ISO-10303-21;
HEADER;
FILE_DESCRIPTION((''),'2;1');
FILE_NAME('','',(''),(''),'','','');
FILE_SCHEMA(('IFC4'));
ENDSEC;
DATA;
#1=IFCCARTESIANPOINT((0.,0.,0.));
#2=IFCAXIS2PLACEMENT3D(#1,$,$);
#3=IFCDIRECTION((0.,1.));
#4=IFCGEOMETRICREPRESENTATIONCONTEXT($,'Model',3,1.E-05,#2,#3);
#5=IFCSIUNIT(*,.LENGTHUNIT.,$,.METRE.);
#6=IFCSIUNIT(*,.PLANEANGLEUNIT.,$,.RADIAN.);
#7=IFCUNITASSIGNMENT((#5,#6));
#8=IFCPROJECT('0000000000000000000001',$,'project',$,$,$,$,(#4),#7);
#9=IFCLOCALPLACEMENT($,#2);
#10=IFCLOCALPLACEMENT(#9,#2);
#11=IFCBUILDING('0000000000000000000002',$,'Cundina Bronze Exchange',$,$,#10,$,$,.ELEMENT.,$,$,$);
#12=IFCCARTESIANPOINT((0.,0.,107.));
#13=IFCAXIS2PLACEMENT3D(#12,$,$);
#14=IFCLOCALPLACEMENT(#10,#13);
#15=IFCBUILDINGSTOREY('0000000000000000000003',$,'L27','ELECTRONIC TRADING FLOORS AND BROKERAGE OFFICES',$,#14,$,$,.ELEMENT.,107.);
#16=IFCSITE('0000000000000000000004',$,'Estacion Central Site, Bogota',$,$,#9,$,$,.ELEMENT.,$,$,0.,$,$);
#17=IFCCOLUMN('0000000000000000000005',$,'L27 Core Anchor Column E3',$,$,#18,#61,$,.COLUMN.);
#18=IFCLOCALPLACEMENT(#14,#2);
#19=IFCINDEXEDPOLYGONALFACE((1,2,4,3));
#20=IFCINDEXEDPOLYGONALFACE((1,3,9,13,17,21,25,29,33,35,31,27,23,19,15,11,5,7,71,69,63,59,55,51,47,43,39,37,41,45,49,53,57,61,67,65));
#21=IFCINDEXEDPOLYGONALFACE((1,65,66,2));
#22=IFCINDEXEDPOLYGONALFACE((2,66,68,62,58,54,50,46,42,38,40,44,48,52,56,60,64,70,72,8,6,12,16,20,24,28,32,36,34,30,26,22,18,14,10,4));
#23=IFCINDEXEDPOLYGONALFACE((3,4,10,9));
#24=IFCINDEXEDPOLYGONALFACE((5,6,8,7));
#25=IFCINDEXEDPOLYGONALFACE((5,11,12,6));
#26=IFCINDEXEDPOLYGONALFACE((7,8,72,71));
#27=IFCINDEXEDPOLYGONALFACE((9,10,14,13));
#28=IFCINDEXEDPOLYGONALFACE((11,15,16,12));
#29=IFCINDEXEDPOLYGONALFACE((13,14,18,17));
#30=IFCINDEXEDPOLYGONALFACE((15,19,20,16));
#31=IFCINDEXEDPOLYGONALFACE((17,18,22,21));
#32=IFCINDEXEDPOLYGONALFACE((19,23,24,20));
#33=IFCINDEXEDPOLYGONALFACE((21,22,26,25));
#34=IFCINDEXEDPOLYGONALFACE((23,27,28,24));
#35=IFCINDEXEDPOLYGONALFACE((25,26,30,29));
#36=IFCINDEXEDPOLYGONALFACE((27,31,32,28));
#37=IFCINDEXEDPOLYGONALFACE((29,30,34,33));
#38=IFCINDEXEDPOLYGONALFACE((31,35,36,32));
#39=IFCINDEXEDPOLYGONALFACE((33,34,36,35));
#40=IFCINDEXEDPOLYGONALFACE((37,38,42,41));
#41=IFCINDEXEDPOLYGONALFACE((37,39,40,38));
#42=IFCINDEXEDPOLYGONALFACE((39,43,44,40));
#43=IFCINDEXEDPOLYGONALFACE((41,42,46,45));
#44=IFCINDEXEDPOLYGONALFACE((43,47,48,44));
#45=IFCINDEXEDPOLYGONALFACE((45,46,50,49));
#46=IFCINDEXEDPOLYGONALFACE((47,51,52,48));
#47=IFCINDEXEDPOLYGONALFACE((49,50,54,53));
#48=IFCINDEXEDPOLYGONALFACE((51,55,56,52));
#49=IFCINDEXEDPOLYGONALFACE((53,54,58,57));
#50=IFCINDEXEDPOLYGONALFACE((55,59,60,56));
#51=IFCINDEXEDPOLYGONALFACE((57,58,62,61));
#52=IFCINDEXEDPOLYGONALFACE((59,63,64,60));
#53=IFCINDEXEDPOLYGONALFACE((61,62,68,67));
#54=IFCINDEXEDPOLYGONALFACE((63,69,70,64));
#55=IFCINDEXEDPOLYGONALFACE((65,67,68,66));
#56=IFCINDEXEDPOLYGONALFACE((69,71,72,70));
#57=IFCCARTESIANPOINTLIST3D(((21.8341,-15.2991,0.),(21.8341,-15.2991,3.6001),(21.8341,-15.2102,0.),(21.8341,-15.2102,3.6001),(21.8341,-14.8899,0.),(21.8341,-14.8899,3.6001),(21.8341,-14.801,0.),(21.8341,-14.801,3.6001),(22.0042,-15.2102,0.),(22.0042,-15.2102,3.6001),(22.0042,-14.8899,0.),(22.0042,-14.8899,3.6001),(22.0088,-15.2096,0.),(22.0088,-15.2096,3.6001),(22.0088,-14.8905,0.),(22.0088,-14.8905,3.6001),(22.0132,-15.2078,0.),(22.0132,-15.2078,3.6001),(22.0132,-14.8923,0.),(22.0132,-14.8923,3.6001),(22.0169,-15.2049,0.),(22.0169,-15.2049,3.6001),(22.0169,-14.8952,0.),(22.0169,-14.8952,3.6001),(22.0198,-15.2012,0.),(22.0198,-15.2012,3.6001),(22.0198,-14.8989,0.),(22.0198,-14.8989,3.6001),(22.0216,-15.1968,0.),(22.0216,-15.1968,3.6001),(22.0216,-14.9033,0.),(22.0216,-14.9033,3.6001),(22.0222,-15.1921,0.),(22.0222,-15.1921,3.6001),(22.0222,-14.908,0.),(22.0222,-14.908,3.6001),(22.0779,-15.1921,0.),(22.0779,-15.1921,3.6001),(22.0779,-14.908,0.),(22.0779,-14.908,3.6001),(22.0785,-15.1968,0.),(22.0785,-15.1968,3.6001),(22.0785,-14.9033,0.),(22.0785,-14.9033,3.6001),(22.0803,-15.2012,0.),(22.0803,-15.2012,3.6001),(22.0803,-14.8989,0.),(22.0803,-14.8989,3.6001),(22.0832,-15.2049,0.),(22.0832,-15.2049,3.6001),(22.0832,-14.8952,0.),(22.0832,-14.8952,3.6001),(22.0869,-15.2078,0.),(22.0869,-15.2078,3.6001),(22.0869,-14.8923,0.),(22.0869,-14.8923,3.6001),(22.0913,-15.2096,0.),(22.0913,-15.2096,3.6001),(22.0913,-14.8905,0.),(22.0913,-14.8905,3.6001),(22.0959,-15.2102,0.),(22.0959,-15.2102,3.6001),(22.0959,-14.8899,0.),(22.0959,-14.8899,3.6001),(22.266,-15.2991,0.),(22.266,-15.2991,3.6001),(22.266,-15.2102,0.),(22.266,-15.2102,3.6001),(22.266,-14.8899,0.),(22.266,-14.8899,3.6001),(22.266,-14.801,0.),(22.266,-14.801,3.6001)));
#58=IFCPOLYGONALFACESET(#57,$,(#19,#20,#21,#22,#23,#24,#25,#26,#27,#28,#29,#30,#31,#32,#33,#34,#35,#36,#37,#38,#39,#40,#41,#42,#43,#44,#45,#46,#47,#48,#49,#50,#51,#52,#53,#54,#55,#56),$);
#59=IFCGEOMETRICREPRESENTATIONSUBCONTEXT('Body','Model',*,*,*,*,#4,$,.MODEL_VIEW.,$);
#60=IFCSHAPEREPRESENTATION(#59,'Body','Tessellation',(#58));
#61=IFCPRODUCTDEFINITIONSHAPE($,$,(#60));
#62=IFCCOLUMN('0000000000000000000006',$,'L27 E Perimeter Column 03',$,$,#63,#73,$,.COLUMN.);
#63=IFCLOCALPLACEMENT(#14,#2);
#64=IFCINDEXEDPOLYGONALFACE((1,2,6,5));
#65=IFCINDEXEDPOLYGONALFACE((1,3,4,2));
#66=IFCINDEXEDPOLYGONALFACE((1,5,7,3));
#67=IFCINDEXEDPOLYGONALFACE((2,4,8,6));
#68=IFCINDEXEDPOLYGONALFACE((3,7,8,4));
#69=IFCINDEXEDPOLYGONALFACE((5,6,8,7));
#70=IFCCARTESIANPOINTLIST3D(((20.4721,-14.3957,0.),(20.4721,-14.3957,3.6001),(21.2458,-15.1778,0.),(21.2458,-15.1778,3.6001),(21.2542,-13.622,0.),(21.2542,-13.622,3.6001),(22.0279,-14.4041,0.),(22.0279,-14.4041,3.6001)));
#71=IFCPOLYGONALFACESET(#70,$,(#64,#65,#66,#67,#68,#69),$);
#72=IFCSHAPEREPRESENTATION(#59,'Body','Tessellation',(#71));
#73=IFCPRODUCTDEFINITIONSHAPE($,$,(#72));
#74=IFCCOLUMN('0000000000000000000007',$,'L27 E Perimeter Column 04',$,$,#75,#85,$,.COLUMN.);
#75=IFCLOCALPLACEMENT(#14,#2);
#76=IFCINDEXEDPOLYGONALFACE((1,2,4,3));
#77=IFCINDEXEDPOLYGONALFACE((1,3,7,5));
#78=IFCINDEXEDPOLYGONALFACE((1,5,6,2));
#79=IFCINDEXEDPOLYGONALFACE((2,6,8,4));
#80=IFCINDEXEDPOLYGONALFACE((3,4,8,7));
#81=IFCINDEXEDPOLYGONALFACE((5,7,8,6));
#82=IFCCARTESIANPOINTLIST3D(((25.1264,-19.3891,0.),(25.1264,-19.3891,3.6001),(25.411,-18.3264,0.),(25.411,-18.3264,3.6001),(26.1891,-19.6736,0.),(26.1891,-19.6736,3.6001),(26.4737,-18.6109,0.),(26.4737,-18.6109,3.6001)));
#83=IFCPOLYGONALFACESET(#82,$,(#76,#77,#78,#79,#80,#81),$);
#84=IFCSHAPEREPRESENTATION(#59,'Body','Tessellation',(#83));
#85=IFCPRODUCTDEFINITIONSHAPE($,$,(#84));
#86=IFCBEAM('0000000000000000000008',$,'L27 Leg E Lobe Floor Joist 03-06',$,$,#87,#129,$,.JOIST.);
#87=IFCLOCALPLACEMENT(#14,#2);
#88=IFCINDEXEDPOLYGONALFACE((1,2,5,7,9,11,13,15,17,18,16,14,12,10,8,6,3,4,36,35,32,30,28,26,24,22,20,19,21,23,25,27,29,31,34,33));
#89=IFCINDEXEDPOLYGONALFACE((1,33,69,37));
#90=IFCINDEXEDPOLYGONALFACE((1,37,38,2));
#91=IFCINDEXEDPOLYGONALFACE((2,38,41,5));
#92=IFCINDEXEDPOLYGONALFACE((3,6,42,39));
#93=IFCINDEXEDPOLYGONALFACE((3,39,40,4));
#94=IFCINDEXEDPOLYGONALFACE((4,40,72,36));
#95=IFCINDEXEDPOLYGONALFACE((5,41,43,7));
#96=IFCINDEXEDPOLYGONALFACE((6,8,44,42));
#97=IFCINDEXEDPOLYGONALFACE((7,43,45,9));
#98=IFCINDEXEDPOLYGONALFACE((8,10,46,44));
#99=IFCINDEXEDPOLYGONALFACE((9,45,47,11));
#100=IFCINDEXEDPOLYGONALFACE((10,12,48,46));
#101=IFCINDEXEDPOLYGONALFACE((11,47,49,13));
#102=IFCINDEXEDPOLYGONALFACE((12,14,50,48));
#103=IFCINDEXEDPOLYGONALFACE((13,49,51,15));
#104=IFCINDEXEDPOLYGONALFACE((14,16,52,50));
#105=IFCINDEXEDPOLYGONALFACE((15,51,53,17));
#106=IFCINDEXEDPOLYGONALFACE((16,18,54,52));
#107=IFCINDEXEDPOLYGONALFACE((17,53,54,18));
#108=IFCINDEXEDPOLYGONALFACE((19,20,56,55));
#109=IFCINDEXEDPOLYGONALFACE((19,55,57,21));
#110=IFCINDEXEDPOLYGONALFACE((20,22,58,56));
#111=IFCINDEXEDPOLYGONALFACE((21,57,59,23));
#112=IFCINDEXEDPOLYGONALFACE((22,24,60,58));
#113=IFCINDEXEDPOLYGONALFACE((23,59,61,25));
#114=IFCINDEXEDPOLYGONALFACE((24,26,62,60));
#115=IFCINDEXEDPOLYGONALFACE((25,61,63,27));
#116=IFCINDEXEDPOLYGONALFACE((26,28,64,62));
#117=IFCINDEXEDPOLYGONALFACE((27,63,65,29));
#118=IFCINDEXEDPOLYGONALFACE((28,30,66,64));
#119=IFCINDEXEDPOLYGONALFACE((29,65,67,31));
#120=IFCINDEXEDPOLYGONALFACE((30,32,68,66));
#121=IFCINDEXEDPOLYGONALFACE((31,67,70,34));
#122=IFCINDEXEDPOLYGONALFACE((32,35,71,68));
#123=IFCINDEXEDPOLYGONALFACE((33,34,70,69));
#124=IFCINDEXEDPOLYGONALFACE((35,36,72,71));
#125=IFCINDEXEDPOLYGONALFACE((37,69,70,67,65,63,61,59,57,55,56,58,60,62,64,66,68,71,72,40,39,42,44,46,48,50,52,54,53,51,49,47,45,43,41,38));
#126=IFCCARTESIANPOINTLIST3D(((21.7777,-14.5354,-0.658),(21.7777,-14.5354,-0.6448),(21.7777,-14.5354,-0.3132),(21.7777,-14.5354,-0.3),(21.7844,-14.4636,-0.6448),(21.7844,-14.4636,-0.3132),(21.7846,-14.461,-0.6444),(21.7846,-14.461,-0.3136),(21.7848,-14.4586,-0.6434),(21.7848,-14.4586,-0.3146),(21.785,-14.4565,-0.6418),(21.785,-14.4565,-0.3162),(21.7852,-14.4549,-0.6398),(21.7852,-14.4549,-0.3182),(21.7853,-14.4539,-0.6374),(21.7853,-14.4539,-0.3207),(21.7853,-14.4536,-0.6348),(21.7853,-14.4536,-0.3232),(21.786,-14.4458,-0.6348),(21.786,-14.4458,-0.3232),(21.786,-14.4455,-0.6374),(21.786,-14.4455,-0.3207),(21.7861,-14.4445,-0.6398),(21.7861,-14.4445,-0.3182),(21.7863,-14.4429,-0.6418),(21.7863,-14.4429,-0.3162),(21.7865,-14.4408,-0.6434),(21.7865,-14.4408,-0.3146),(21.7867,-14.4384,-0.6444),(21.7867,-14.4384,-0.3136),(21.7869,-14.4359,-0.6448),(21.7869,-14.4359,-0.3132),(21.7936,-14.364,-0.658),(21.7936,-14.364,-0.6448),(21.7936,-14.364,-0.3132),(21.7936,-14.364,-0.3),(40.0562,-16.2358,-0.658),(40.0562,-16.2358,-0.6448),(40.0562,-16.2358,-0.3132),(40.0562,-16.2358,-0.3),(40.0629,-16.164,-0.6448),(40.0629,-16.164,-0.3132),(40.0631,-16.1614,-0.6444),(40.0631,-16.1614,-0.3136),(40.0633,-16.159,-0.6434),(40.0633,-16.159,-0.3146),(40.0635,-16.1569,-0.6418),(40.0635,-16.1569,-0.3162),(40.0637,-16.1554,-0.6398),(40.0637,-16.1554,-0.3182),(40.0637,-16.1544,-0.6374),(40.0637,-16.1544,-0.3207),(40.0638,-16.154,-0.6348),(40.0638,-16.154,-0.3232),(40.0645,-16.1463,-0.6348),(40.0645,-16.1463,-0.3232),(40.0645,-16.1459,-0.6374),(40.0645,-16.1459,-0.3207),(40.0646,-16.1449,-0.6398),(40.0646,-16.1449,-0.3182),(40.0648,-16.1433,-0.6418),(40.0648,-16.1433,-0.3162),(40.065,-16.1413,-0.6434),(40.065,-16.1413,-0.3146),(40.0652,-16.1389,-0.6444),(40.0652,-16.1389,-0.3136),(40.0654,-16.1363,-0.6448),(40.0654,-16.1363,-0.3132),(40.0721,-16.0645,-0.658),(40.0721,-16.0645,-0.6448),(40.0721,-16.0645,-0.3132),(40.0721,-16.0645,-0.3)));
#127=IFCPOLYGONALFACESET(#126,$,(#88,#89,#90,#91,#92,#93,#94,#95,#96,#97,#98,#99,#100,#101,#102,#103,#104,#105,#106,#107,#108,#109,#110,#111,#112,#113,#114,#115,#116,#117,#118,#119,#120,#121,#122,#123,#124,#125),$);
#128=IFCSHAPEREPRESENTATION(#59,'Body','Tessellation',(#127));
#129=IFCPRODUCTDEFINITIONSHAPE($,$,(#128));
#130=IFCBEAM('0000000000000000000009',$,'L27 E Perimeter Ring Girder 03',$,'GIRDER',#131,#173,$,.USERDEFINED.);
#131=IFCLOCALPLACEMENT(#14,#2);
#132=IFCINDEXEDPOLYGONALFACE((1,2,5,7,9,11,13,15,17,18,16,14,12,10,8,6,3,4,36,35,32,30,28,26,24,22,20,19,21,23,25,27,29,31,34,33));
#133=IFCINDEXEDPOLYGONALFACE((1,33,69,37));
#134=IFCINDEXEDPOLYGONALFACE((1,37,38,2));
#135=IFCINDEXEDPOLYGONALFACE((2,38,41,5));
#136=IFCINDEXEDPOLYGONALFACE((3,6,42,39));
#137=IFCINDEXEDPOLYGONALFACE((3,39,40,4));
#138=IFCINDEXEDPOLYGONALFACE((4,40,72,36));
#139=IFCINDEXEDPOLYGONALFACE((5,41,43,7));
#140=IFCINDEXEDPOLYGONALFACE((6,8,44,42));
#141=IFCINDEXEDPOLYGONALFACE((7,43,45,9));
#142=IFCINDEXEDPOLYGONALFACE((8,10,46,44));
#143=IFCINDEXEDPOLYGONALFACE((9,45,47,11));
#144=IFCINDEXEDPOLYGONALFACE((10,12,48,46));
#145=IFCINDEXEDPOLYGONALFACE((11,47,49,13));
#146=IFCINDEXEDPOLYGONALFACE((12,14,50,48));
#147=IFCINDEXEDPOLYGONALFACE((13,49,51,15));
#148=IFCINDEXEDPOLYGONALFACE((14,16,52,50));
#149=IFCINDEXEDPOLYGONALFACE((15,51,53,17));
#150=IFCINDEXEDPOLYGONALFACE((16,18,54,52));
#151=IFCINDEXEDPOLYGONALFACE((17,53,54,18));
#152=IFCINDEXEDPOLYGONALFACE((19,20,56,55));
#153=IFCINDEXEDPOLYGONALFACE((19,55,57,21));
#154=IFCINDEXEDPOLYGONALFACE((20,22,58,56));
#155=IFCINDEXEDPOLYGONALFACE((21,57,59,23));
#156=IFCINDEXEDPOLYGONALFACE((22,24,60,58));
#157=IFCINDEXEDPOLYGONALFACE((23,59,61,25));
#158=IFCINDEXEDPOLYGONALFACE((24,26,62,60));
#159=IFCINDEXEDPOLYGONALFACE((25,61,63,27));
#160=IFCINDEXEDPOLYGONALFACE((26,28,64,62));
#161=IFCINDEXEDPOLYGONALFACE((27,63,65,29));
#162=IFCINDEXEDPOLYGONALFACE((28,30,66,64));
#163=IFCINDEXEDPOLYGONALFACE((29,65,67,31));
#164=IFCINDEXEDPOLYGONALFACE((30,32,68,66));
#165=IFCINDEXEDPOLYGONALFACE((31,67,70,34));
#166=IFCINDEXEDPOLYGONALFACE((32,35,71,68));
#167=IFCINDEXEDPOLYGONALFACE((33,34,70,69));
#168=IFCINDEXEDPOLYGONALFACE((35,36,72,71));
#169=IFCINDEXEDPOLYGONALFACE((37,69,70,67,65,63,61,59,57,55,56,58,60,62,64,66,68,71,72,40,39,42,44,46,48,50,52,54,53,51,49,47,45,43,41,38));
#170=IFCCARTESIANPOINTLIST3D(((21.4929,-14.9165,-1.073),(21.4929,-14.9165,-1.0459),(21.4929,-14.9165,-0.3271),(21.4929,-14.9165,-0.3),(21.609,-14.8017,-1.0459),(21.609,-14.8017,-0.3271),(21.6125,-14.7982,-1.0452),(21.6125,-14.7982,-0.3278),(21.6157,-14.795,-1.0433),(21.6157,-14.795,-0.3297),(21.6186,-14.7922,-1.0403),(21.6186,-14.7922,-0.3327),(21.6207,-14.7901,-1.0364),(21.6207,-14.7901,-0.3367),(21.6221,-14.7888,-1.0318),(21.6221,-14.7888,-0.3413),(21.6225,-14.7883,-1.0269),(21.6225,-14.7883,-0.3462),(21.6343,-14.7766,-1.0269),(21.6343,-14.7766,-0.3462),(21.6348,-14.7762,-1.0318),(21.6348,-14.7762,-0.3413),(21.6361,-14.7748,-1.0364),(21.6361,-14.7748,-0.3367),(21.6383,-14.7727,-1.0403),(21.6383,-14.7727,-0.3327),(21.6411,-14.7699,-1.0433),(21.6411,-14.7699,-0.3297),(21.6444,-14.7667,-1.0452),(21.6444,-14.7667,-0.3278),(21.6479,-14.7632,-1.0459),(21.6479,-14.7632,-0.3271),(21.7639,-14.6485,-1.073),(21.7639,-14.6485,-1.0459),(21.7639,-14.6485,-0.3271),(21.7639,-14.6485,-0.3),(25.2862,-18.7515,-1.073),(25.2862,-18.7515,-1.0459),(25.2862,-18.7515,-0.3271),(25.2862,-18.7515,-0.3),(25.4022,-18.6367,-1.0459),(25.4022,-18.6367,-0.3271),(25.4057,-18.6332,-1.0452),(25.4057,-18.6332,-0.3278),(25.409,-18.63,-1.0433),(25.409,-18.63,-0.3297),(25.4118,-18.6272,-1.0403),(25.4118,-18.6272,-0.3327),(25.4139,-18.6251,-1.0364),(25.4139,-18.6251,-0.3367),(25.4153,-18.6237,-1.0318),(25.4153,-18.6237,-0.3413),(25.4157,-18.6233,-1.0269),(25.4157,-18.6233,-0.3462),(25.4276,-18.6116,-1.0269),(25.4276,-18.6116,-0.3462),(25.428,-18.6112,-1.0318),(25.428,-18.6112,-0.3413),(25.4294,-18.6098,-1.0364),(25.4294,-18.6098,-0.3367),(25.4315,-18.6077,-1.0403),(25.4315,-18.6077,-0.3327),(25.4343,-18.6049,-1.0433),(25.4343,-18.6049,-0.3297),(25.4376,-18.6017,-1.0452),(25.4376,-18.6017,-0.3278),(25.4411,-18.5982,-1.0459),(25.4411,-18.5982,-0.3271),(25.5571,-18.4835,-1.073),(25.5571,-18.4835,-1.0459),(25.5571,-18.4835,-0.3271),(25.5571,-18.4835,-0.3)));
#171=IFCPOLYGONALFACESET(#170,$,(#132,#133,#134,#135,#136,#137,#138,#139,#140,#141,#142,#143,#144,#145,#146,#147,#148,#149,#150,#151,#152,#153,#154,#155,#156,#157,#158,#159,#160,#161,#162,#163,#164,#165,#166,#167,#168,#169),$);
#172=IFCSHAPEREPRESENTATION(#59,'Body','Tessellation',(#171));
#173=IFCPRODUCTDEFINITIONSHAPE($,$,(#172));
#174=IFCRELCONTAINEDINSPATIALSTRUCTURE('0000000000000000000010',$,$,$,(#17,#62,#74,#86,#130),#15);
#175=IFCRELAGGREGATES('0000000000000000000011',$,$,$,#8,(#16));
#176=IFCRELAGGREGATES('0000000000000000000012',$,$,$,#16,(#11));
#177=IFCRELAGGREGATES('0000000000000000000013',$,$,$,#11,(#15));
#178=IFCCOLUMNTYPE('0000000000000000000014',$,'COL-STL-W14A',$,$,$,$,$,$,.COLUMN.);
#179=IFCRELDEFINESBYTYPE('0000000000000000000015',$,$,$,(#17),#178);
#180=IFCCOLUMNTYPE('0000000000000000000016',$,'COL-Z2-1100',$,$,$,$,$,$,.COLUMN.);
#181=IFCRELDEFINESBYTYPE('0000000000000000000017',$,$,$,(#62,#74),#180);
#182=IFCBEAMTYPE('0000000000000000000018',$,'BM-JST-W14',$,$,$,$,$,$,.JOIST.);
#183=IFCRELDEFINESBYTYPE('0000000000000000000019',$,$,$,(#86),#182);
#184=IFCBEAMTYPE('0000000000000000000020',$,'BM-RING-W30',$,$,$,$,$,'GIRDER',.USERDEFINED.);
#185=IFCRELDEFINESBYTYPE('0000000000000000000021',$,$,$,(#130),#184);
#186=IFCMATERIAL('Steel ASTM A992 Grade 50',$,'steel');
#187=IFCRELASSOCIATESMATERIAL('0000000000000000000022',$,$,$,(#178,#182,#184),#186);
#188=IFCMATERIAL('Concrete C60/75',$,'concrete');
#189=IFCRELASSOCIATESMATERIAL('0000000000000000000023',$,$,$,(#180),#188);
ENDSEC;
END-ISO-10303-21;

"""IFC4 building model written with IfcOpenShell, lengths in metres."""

from ifc_helpers import new_model, si_unit, direction, frame, origin, origin_2d, place, context, subcontext, project, spatial, rectangle, i_section, extrude, material, material_profile, profile_set, type_object, element, save


model = new_model("IFC4")

# Units and contexts
model_context = context("Model", 3, precision=1e-05, world=origin(), true_north=direction((0.0, 1.0)))
body_context = subcontext(model_context, "Body", "Model", "MODEL_VIEW")
ifc_project = project(units=[si_unit("LENGTHUNIT", "METRE"), si_unit("PLANEANGLEUNIT", "RADIAN")], contexts=[model_context])

# Site, building, storey
site_placement = place(None, origin())
site = spatial("IfcSite", under=ifc_project, at=site_placement, Name="Estacion Central Site, Bogota", CompositionType="ELEMENT", RefElevation=0.0)
building_placement = place(site_placement, origin())
building = spatial("IfcBuilding", under=site, at=building_placement, Name="Cundina Bronze Exchange", CompositionType="ELEMENT")
storey_placement = place(building_placement, frame((0.0, 0.0, 107.0)))
storey = spatial("IfcBuildingStorey", under=building, at=storey_placement, Name="L27", Description="ELECTRONIC TRADING FLOORS AND BROKERAGE OFFICES", CompositionType="ELEMENT", Elevation=107.0)

# Columns
ifc_material_1 = material(Name="Steel ASTM A992 Grade 50", Category="steel")
ifc_material_profile_1 = material_profile(ifc_material_1, i_section(OverallWidth=0.4319, OverallDepth=0.498, WebThickness=0.0557, FlangeThickness=0.0889, FilletRadius=0.0181, at=origin_2d()), Name="W14X500", Category="steel")
ifc_profile_set_1 = profile_set([ifc_material_profile_1], Name="Steel ASTM A992 Grade 50")
column_type_1 = type_object("IfcColumnType", Name="COL-STL-W14A", PredefinedType="COLUMN", material=ifc_profile_set_1)
column_placement = place(storey_placement, frame((22.05, -15.05, 0.0), z_axis=(0.0, 0.0, 1.0), x_axis=(1.0, 0.0, 0.0)))
element("IfcColumn", 1, at=column_placement, inside=storey, type_object=column_type_1, Name="L27 Core Anchor Column E3", PredefinedType="COLUMN", context=body_context, shape_type="SweptSolid", body=[
    extrude(i_section(OverallWidth=0.4319, OverallDepth=0.498, WebThickness=0.0557, FlangeThickness=0.0889, FilletRadius=0.0181, at=origin_2d()), origin(), (0.0, 0.0, 1.0), 3.6001),
])
ifc_material_2 = material(Name="Concrete C60/75", Category="concrete")
ifc_material_profile_2 = material_profile(ifc_material_2, rectangle(XDim=1.1001, YDim=1.1001, at=origin_2d()), Name="RC1100X1100", Category="concrete")
ifc_profile_set_2 = profile_set([ifc_material_profile_2], Name="Concrete C60/75")
column_type_2 = type_object("IfcColumnType", Name="COL-Z2-1100", PredefinedType="COLUMN", material=ifc_profile_set_2)
for number, where, z_axis, x_axis, name in (
    (2, (21.25, -14.3999, 0.0), (0.0, 0.0, 1.0), (0.703271, -0.710922, 0.0), "L27 E Perimeter Column 03"),
    (3, (25.8, -19.0, 0.0), (0.0, 0.0, 1.0), (0.965971, -0.25865, 0.0), "L27 E Perimeter Column 04"),
):
    element("IfcColumn", number, at=place(storey_placement, frame(where, z_axis=z_axis, x_axis=x_axis)), inside=storey, type_object=column_type_2, Name=name, PredefinedType="COLUMN", context=body_context, shape_type="SweptSolid", body=[
        extrude(rectangle(XDim=1.1001, YDim=1.1001, at=origin_2d()), origin(), (0.0, 0.0, 1.0), 3.6001),
    ])

# Beams
ifc_material_profile_3 = material_profile(ifc_material_1, i_section(OverallWidth=0.1721, OverallDepth=0.3579, WebThickness=0.0078, FlangeThickness=0.0132, FilletRadius=0.01, at=origin_2d()), Name="W14X38", Category="steel")
ifc_profile_set_3 = profile_set([ifc_material_profile_3], Name="Steel ASTM A992 Grade 50")
beam_type_1 = type_object("IfcBeamType", Name="BM-JST-W14", PredefinedType="JOIST", material=ifc_profile_set_3)
beam_1_placement = place(storey_placement, frame((21.7856, -14.4497, -0.479), z_axis=(0.995701, -0.092629, 0.0), x_axis=(0.092629, 0.995701, 0.0)))
element("IfcBeam", 4, at=beam_1_placement, inside=storey, type_object=beam_type_1, Name="L27 Leg E Lobe Floor Joist 03-06", PredefinedType="JOIST", context=body_context, shape_type="SweptSolid", body=[
    extrude(i_section(OverallWidth=0.1721, OverallDepth=0.3579, WebThickness=0.0078, FlangeThickness=0.0132, FilletRadius=0.01, at=origin_2d()), origin(), (0.0, 0.0, 1.0), 18.3574),
])
ifc_material_profile_4 = material_profile(ifc_material_1, i_section(OverallWidth=0.3811, OverallDepth=0.7729, WebThickness=0.0166, FlangeThickness=0.0271, FilletRadius=0.019, at=origin_2d()), Name="W30X173", Category="steel")
ifc_profile_set_4 = profile_set([ifc_material_profile_4], Name="Steel ASTM A992 Grade 50")
beam_type_2 = type_object("IfcBeamType", Name="BM-RING-W30", ElementType="GIRDER", PredefinedType="USERDEFINED", material=ifc_profile_set_4)
beam_2_placement = place(storey_placement, frame((21.6284, -14.7825, -0.6865), z_axis=(0.703226, -0.710966, 0.0), x_axis=(0.710966, 0.703226, 0.0)))
element("IfcBeam", 5, at=beam_2_placement, inside=storey, type_object=beam_type_2, Name="L27 E Perimeter Ring Girder 03", ObjectType="GIRDER", PredefinedType="USERDEFINED", context=body_context, shape_type="SweptSolid", body=[
    extrude(i_section(OverallWidth=0.3811, OverallDepth=0.7729, WebThickness=0.0166, FlangeThickness=0.0271, FilletRadius=0.019, at=origin_2d()), origin(), (0.0, 0.0, 1.0), 5.394),
])

save(model, "model.ifc")
